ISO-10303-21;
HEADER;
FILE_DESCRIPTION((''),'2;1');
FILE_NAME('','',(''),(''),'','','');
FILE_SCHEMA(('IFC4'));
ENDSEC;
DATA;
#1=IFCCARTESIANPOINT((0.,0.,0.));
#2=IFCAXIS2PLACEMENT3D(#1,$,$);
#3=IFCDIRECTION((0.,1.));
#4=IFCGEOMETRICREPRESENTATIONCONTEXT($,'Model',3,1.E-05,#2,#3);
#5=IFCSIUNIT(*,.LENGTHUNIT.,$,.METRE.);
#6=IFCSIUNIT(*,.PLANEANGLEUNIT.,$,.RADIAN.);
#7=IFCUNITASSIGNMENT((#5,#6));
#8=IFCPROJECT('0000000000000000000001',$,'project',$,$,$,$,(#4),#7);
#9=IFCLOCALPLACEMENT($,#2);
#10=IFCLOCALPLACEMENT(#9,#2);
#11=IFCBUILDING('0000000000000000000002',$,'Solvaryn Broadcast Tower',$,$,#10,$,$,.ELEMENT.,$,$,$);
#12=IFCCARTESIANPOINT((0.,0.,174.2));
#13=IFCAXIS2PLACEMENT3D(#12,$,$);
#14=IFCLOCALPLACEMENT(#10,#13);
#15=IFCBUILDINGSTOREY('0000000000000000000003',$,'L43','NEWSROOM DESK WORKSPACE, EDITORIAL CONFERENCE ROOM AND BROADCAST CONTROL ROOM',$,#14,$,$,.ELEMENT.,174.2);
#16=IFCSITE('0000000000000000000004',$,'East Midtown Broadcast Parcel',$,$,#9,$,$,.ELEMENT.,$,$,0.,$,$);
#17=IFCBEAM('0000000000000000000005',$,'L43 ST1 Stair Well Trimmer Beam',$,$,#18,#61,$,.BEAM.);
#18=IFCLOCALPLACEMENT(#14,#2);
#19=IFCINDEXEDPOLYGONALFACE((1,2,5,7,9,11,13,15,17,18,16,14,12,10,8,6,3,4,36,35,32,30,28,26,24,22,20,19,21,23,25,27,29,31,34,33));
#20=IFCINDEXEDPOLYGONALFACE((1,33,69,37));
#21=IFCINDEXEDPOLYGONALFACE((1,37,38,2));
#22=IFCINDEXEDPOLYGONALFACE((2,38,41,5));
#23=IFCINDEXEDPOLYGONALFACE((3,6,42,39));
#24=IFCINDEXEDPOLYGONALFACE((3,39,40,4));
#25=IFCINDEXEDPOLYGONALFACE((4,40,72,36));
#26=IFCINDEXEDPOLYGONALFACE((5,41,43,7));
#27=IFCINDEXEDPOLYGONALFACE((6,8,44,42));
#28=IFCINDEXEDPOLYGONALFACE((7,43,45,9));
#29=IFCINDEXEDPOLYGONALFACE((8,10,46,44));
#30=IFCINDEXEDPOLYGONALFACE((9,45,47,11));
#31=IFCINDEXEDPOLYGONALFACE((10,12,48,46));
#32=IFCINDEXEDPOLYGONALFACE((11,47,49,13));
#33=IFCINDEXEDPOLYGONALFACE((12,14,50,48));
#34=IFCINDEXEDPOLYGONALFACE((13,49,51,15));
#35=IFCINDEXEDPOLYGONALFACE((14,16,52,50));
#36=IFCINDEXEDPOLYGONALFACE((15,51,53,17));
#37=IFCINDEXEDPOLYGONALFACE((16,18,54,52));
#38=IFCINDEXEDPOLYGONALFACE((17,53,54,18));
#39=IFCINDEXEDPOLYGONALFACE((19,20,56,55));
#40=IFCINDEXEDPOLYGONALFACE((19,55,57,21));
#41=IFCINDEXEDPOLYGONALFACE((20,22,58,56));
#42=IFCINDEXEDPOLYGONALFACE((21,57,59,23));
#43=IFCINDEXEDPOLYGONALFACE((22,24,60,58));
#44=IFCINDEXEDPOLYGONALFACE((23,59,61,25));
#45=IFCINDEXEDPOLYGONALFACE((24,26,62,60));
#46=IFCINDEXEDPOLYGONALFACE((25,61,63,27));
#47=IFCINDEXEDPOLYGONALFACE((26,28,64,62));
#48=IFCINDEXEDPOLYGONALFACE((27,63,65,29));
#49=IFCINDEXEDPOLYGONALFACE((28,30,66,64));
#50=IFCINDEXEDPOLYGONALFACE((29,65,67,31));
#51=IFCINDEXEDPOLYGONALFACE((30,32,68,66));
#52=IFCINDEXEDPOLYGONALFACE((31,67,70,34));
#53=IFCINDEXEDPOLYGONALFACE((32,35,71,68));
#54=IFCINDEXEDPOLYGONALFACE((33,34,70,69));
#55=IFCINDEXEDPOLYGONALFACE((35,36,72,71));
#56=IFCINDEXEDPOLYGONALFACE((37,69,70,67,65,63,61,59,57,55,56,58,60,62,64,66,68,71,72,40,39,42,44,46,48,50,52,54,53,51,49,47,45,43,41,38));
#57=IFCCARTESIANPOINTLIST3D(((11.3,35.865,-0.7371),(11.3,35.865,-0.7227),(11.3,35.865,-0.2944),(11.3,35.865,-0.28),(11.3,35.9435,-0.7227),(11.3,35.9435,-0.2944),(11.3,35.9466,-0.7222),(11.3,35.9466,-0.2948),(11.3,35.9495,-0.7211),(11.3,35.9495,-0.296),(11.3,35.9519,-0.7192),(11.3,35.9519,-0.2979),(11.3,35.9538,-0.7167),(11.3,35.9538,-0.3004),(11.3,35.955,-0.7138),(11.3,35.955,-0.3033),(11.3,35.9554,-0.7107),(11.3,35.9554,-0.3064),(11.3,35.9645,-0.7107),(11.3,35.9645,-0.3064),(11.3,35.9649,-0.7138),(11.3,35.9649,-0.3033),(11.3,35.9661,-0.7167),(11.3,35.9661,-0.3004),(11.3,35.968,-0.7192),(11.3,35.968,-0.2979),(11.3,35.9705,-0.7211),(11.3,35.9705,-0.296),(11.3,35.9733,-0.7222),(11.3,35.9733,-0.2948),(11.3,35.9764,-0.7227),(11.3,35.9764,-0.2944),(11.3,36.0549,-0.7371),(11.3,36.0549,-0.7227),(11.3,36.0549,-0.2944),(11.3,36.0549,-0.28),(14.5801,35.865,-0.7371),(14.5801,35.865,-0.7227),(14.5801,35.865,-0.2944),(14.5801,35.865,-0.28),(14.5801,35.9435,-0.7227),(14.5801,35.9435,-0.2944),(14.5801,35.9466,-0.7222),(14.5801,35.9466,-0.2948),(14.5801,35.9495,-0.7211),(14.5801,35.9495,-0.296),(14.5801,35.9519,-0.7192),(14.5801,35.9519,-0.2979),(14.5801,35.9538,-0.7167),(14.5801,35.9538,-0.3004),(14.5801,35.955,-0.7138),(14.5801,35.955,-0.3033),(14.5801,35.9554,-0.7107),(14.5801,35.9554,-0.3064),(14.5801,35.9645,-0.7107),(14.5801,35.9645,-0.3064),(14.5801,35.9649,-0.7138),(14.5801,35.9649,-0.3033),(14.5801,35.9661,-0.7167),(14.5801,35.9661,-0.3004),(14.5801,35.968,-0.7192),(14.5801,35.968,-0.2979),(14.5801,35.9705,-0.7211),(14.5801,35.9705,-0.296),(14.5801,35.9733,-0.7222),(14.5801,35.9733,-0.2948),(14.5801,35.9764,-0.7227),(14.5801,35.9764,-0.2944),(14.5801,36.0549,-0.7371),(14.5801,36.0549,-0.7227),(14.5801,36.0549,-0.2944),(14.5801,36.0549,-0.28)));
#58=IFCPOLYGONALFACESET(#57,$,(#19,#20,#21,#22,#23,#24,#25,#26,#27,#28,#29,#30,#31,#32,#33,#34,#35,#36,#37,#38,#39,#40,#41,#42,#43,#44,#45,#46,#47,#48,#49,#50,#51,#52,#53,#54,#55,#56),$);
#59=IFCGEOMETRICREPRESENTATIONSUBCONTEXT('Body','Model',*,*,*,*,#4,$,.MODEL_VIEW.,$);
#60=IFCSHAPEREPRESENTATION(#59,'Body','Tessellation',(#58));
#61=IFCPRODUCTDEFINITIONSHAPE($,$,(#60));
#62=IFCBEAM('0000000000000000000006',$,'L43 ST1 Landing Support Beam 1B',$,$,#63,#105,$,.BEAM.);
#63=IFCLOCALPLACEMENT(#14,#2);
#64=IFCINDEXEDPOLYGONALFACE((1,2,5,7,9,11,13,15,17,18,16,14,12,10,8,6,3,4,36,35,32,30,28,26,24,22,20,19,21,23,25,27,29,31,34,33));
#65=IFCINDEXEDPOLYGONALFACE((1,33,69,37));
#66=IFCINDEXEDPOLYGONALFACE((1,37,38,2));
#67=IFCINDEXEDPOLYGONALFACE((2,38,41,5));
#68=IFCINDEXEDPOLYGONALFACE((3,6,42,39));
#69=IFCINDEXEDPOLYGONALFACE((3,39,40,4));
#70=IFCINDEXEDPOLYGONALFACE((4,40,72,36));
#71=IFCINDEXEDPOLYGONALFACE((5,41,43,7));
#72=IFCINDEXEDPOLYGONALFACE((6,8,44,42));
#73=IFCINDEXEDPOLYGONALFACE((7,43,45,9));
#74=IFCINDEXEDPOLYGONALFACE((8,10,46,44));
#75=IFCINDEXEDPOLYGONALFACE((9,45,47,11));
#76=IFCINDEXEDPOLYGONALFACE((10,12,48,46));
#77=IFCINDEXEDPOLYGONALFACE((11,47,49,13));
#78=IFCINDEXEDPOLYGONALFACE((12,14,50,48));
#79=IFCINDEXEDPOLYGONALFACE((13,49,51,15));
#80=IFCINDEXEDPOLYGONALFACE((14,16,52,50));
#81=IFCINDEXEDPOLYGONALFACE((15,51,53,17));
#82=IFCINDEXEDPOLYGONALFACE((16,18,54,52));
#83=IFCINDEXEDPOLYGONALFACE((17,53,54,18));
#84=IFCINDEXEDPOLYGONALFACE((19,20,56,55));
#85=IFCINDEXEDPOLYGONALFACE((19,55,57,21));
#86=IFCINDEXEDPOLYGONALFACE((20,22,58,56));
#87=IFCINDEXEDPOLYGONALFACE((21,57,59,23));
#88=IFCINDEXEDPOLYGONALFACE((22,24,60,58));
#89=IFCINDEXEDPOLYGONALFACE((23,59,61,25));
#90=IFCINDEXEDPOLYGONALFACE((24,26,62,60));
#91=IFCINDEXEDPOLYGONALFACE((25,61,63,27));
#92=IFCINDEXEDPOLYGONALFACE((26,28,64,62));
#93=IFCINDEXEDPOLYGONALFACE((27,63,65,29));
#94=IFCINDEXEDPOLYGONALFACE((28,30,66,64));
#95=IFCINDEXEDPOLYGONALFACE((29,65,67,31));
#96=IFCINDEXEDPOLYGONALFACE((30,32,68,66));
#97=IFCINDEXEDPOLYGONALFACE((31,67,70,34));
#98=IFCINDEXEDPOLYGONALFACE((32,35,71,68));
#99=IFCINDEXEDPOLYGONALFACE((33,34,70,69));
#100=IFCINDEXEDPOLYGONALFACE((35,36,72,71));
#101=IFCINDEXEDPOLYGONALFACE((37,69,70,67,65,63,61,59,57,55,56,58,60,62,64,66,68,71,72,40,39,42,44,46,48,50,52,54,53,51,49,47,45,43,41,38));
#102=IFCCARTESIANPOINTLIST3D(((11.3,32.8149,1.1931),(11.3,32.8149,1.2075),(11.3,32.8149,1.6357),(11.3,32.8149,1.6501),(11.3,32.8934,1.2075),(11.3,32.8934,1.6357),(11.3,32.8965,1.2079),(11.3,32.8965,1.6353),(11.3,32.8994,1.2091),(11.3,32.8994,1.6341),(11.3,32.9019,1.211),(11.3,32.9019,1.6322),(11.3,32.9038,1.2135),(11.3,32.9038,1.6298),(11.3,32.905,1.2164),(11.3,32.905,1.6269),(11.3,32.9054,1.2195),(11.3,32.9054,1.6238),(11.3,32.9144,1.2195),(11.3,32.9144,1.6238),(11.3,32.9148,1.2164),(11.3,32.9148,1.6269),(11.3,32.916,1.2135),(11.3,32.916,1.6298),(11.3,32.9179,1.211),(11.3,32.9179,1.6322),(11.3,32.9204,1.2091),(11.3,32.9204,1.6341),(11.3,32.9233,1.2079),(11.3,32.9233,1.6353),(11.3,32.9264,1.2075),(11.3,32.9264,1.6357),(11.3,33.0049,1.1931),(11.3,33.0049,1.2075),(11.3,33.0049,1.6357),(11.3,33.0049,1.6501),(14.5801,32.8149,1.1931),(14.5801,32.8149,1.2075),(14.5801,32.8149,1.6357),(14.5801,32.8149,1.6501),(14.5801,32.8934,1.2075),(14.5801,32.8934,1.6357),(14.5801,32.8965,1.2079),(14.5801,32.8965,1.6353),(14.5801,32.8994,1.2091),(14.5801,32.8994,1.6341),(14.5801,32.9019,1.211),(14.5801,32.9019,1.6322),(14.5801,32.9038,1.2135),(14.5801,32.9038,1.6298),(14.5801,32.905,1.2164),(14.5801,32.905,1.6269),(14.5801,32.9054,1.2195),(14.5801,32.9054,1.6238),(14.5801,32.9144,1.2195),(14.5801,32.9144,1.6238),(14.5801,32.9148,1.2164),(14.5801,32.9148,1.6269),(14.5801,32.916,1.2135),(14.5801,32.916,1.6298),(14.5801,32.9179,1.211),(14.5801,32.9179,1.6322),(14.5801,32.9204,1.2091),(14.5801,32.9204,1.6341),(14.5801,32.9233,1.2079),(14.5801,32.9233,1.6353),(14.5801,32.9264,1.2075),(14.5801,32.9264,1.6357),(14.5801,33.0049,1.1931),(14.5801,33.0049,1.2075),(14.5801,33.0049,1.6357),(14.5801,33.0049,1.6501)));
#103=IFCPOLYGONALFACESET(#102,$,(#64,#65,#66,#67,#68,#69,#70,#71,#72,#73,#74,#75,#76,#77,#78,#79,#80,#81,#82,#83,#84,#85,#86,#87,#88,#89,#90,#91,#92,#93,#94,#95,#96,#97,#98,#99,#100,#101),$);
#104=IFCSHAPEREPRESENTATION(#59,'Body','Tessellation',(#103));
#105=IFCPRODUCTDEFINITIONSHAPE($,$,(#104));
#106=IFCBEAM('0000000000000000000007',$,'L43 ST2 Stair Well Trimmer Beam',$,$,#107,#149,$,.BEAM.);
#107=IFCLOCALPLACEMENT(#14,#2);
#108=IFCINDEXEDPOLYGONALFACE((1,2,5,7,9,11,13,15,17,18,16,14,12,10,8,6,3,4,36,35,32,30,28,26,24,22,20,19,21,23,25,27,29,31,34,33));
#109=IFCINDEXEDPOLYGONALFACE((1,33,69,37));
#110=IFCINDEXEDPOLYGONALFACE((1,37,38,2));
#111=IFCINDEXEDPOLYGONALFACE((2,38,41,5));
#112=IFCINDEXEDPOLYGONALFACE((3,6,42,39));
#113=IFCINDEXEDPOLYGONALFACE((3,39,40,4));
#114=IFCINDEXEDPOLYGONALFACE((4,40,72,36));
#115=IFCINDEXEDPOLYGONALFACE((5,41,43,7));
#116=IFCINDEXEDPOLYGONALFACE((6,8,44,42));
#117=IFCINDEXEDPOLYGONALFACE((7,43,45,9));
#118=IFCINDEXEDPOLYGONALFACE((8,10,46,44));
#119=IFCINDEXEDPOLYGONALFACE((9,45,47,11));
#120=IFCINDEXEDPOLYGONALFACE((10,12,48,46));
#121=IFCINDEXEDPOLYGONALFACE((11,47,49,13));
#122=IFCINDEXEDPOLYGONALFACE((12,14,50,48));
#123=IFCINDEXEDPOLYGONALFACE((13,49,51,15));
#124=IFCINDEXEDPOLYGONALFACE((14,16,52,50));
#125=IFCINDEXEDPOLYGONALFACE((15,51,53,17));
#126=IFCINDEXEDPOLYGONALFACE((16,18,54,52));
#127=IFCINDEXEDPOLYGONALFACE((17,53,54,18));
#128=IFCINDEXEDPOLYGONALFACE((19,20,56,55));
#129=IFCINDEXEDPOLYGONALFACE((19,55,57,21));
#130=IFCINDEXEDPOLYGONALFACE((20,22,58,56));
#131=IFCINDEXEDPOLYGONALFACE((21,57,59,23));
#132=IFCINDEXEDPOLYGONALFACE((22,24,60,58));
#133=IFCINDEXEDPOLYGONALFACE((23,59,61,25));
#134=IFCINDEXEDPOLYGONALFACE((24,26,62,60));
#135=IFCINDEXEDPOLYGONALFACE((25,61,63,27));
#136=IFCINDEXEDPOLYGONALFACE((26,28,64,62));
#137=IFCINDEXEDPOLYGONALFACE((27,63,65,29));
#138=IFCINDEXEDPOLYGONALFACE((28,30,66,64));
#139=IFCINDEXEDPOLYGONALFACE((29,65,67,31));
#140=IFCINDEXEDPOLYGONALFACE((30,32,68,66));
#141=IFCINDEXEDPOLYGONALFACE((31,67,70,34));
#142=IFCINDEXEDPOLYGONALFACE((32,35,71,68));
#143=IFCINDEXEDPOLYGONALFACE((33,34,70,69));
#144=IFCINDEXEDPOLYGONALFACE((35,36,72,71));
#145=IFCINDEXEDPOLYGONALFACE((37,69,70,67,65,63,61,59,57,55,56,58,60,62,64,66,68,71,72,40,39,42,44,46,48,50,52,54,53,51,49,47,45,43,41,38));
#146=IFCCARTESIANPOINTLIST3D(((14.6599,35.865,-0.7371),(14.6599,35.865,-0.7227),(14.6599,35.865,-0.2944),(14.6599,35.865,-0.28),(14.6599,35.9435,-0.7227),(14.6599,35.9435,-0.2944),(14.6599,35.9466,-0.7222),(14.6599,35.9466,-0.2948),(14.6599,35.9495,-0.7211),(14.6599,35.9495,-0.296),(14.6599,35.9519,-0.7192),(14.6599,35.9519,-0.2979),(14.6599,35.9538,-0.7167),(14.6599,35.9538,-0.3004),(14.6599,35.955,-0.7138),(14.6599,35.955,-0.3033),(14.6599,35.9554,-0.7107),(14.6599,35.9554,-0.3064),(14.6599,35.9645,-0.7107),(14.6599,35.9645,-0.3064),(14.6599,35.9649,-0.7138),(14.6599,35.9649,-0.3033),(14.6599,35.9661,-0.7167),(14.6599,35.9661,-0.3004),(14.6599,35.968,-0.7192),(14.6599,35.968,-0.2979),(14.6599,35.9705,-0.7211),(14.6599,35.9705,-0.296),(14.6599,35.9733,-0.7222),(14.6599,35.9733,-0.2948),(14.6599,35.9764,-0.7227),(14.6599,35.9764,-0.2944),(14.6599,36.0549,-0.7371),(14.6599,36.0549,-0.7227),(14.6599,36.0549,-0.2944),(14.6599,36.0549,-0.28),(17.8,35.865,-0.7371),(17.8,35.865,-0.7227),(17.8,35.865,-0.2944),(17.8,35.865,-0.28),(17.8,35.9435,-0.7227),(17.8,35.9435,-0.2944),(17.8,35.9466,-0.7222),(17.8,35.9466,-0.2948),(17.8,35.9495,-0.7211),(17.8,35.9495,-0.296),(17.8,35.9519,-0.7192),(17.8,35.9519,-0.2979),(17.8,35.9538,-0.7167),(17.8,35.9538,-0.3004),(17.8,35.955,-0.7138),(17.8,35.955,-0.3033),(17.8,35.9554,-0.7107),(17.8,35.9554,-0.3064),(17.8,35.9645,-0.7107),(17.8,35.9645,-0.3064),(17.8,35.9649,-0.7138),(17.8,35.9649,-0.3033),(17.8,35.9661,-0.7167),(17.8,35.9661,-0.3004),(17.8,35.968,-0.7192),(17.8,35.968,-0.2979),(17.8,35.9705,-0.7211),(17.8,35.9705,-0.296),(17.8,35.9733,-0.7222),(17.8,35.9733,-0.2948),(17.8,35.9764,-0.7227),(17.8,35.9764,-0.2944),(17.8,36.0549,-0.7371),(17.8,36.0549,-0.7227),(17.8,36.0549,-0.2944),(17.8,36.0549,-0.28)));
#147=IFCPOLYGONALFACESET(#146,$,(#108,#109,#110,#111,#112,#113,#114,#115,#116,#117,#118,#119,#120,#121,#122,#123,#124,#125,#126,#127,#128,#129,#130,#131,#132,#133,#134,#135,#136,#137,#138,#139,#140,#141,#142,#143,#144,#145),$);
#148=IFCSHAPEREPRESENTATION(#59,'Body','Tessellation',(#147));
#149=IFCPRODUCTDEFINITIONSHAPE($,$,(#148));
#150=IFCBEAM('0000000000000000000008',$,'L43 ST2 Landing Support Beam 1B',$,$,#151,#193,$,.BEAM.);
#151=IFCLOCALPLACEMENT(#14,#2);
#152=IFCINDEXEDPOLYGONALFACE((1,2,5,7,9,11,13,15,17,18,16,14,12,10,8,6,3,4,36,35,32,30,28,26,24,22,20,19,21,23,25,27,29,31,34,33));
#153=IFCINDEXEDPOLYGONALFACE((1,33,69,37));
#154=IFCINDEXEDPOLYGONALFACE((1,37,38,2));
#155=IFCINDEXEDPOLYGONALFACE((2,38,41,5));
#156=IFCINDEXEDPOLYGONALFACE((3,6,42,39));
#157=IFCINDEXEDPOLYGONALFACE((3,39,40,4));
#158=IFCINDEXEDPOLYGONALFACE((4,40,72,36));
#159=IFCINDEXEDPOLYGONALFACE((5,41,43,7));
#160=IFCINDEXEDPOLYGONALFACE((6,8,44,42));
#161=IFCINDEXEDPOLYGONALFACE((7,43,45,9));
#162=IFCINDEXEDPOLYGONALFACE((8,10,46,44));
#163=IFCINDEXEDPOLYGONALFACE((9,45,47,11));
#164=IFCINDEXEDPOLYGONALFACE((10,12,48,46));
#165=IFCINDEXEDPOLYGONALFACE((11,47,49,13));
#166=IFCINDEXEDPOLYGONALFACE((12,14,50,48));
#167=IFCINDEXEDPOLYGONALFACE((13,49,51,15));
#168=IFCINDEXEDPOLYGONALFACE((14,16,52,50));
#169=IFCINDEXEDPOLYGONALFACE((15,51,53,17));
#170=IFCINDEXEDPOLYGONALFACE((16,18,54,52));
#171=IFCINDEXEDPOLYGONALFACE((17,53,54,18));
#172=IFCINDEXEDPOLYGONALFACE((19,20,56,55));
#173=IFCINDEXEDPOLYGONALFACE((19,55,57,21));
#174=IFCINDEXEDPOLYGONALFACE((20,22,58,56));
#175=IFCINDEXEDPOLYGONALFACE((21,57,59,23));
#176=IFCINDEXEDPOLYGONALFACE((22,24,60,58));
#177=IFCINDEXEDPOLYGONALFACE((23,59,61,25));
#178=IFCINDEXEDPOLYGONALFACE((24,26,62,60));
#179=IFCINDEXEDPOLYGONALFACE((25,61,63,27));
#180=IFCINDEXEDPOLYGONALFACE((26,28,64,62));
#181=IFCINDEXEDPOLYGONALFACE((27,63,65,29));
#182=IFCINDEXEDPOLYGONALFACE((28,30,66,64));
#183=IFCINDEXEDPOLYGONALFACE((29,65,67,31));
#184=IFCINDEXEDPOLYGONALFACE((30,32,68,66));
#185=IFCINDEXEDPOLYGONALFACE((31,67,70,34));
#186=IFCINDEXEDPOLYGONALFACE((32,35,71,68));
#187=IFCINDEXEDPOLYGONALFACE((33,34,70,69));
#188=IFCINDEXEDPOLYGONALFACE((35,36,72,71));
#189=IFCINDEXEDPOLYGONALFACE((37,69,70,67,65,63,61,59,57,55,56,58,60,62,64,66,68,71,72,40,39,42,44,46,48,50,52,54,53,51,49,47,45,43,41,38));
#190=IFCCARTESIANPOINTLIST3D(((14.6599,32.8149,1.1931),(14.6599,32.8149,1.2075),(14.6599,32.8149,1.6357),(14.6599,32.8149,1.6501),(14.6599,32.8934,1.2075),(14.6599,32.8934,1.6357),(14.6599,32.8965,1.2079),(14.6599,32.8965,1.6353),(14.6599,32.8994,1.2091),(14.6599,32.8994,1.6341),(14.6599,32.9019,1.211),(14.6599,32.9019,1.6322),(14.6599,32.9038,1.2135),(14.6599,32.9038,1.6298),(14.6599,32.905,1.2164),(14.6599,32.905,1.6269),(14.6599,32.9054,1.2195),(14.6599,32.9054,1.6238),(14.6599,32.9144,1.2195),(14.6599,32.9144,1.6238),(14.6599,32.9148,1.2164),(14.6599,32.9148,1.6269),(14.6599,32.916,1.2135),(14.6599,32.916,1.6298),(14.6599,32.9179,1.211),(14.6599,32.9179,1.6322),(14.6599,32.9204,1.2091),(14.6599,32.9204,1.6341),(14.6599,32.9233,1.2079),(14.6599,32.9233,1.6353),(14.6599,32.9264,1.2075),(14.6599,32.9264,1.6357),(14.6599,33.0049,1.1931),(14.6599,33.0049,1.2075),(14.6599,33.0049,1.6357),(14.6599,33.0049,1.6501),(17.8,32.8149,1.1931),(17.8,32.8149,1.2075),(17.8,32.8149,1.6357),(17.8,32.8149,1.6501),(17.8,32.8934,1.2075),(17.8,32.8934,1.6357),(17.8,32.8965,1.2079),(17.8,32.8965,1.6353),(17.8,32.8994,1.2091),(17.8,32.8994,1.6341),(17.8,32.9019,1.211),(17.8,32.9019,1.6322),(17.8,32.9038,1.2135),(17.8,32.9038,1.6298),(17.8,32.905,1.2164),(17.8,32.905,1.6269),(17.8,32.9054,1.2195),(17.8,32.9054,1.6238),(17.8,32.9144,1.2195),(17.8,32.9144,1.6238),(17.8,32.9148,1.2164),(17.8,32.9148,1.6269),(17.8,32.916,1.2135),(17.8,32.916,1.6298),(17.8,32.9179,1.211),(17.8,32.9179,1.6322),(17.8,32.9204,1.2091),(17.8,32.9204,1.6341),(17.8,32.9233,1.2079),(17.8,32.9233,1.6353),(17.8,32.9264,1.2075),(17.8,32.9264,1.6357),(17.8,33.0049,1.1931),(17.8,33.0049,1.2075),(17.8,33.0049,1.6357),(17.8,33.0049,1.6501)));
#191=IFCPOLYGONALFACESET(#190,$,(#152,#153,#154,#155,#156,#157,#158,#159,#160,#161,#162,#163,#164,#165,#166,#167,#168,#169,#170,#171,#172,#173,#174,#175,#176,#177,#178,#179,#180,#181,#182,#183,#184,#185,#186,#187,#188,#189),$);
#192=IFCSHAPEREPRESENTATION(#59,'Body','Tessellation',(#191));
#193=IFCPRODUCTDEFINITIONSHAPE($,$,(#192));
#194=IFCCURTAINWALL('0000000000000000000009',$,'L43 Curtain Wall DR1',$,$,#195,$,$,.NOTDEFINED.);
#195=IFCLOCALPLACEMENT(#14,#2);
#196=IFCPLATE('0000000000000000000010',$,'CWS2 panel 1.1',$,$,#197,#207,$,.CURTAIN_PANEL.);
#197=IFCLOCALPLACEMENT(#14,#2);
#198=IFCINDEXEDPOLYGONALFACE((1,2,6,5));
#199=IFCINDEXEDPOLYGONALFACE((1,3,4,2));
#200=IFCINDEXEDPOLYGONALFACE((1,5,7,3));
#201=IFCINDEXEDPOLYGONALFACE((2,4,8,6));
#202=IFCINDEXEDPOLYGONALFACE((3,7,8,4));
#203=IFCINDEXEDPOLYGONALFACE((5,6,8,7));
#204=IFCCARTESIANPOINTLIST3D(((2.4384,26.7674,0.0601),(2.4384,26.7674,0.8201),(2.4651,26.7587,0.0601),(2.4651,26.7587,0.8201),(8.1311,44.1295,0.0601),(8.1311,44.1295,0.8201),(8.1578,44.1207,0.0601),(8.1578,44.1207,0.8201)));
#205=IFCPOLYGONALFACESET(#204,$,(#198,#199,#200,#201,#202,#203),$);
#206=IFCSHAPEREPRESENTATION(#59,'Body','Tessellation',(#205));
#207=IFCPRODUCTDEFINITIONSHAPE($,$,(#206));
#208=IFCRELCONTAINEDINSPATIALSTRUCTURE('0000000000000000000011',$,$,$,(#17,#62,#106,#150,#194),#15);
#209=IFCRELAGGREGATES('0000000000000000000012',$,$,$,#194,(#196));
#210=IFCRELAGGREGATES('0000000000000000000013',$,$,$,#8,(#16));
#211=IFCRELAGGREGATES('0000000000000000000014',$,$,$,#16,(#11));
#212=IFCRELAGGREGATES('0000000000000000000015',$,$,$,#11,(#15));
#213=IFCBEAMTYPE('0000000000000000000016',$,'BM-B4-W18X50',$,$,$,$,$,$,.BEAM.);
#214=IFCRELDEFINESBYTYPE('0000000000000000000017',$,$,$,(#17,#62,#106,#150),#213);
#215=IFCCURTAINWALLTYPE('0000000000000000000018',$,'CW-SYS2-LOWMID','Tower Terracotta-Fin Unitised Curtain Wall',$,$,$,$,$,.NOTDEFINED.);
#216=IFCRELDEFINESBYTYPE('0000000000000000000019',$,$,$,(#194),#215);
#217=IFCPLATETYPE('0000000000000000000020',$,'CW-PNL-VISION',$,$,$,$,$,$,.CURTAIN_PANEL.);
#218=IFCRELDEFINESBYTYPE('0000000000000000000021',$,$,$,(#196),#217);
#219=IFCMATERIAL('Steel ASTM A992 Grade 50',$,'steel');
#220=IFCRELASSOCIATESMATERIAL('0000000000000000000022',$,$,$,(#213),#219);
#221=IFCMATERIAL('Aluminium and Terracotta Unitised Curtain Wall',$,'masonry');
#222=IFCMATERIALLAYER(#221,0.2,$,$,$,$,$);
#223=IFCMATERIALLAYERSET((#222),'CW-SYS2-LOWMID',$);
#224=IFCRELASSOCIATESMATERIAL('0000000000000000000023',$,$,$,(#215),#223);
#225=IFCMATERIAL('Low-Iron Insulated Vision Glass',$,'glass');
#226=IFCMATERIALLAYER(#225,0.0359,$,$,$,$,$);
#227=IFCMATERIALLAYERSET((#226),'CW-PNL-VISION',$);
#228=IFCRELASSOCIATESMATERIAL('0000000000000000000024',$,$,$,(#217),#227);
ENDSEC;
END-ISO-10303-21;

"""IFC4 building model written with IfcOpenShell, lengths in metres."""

from ifc_helpers import new_model, si_unit, direction, frame, origin, origin_2d, place, context, subcontext, project, spatial, rectangle, i_section, extrude, material, layer, layer_set, material_profile, profile_set, type_object, element, aggregate, save


model = new_model("IFC4")

# Units and contexts
model_context = context("Model", 3, precision=1e-05, world=origin(), true_north=direction((0.0, 1.0)))
body_context = subcontext(model_context, "Body", "Model", "MODEL_VIEW")
ifc_project = project(units=[si_unit("LENGTHUNIT", "METRE"), si_unit("PLANEANGLEUNIT", "RADIAN")], contexts=[model_context])

# Site, building, storey
site_placement = place(None, origin())
site = spatial("IfcSite", under=ifc_project, at=site_placement, Name="East Midtown Broadcast Parcel", CompositionType="ELEMENT", RefElevation=0.0)
building_placement = place(site_placement, origin())
building = spatial("IfcBuilding", under=site, at=building_placement, Name="Solvaryn Broadcast Tower", CompositionType="ELEMENT")
storey_placement = place(building_placement, frame((0.0, 0.0, 174.2)))
storey = spatial("IfcBuildingStorey", under=building, at=storey_placement, Name="L43", Description="NEWSROOM DESK WORKSPACE, EDITORIAL CONFERENCE ROOM AND BROADCAST CONTROL ROOM", CompositionType="ELEMENT", Elevation=174.2)

# Beams
ifc_material_1 = material(Name="Steel ASTM A992 Grade 50", Category="steel")
ifc_material_profile = material_profile(ifc_material_1, i_section(OverallWidth=0.1899, OverallDepth=0.457, WebThickness=0.009, FlangeThickness=0.0144, FilletRadius=0.012, at=origin_2d()))
ifc_profile_set = profile_set([ifc_material_profile], Name="Steel ASTM A992 Grade 50")
beam_type = type_object("IfcBeamType", Name="BM-B4-W18X50", PredefinedType="BEAM", material=ifc_profile_set)
for number, where, z_axis, x_axis, name in (
    (1, (11.3, 35.96, -0.5085), (1.0, 0.0, 0.0), (0.0, 1.0, 0.0), "L43 ST1 Stair Well Trimmer Beam"),
    (2, (11.3, 32.9099, 1.4216), (1.0, 0.0, 0.0), (0.0, 1.0, 0.0), "L43 ST1 Landing Support Beam 1B"),
):
    element("IfcBeam", number, at=place(storey_placement, frame(where, z_axis=z_axis, x_axis=x_axis)), inside=storey, type_object=beam_type, Name=name, PredefinedType="BEAM", context=body_context, shape_type="SweptSolid", body=[
        extrude(i_section(OverallWidth=0.1899, OverallDepth=0.457, WebThickness=0.009, FlangeThickness=0.0144, FilletRadius=0.012, at=origin_2d()), origin(), (0.0, 0.0, 1.0), 3.28),
    ])
for number, where, z_axis, x_axis, name in (
    (3, (14.6599, 35.96, -0.5085), (1.0, 0.0, 0.0), (0.0, 1.0, 0.0), "L43 ST2 Stair Well Trimmer Beam"),
    (4, (14.6599, 32.9099, 1.4216), (1.0, 0.0, 0.0), (0.0, 1.0, 0.0), "L43 ST2 Landing Support Beam 1B"),
):
    element("IfcBeam", number, at=place(storey_placement, frame(where, z_axis=z_axis, x_axis=x_axis)), inside=storey, type_object=beam_type, Name=name, PredefinedType="BEAM", context=body_context, shape_type="SweptSolid", body=[
        extrude(i_section(OverallWidth=0.1899, OverallDepth=0.457, WebThickness=0.009, FlangeThickness=0.0144, FilletRadius=0.012, at=origin_2d()), origin(), (0.0, 0.0, 1.0), 3.1401),
    ])

# Curtain wall, plate
ifc_material_2 = material(Name="Aluminium and Terracotta Unitised Curtain Wall", Category="masonry")
ifc_layer_1 = layer(ifc_material_2, 0.2)
ifc_layer_set_1 = layer_set([ifc_layer_1], Name="CW-SYS2-LOWMID")
curtain_wall_type = type_object("IfcCurtainWallType", Name="CW-SYS2-LOWMID", Description="Tower Terracotta-Fin Unitised Curtain Wall", PredefinedType="NOTDEFINED", material=ifc_layer_set_1)
curtain_wall_placement = place(storey_placement, origin())
curtain_wall = element("IfcCurtainWall", 5, at=curtain_wall_placement, inside=storey, type_object=curtain_wall_type, Name="L43 Curtain Wall DR1", PredefinedType="NOTDEFINED")
ifc_material_3 = material(Name="Low-Iron Insulated Vision Glass", Category="glass")
ifc_layer_2 = layer(ifc_material_3, 0.0359)
ifc_layer_set_2 = layer_set([ifc_layer_2], Name="CW-PNL-VISION")
plate_type = type_object("IfcPlateType", Name="CW-PNL-VISION", PredefinedType="CURTAIN_PANEL", material=ifc_layer_set_2)
plate_1_placement = place(storey_placement, frame((5.2981, 35.4441, 0.0601), z_axis=(0.0, 0.0, 1.0), x_axis=(-0.311559, -0.950227, 0.0)))
plate_1 = element("IfcPlate", 6, at=plate_1_placement, type_object=plate_type, Name="CWS2 panel 1.1", PredefinedType="CURTAIN_PANEL", context=body_context, shape_type="SweptSolid", body=[
    extrude(rectangle(XDim=18.2715, YDim=0.0281, at=origin_2d()), origin(), (0.0, 0.0, 1.0), 0.76),
])
aggregate(curtain_wall, [plate_1])

save(model, "model.ifc")
